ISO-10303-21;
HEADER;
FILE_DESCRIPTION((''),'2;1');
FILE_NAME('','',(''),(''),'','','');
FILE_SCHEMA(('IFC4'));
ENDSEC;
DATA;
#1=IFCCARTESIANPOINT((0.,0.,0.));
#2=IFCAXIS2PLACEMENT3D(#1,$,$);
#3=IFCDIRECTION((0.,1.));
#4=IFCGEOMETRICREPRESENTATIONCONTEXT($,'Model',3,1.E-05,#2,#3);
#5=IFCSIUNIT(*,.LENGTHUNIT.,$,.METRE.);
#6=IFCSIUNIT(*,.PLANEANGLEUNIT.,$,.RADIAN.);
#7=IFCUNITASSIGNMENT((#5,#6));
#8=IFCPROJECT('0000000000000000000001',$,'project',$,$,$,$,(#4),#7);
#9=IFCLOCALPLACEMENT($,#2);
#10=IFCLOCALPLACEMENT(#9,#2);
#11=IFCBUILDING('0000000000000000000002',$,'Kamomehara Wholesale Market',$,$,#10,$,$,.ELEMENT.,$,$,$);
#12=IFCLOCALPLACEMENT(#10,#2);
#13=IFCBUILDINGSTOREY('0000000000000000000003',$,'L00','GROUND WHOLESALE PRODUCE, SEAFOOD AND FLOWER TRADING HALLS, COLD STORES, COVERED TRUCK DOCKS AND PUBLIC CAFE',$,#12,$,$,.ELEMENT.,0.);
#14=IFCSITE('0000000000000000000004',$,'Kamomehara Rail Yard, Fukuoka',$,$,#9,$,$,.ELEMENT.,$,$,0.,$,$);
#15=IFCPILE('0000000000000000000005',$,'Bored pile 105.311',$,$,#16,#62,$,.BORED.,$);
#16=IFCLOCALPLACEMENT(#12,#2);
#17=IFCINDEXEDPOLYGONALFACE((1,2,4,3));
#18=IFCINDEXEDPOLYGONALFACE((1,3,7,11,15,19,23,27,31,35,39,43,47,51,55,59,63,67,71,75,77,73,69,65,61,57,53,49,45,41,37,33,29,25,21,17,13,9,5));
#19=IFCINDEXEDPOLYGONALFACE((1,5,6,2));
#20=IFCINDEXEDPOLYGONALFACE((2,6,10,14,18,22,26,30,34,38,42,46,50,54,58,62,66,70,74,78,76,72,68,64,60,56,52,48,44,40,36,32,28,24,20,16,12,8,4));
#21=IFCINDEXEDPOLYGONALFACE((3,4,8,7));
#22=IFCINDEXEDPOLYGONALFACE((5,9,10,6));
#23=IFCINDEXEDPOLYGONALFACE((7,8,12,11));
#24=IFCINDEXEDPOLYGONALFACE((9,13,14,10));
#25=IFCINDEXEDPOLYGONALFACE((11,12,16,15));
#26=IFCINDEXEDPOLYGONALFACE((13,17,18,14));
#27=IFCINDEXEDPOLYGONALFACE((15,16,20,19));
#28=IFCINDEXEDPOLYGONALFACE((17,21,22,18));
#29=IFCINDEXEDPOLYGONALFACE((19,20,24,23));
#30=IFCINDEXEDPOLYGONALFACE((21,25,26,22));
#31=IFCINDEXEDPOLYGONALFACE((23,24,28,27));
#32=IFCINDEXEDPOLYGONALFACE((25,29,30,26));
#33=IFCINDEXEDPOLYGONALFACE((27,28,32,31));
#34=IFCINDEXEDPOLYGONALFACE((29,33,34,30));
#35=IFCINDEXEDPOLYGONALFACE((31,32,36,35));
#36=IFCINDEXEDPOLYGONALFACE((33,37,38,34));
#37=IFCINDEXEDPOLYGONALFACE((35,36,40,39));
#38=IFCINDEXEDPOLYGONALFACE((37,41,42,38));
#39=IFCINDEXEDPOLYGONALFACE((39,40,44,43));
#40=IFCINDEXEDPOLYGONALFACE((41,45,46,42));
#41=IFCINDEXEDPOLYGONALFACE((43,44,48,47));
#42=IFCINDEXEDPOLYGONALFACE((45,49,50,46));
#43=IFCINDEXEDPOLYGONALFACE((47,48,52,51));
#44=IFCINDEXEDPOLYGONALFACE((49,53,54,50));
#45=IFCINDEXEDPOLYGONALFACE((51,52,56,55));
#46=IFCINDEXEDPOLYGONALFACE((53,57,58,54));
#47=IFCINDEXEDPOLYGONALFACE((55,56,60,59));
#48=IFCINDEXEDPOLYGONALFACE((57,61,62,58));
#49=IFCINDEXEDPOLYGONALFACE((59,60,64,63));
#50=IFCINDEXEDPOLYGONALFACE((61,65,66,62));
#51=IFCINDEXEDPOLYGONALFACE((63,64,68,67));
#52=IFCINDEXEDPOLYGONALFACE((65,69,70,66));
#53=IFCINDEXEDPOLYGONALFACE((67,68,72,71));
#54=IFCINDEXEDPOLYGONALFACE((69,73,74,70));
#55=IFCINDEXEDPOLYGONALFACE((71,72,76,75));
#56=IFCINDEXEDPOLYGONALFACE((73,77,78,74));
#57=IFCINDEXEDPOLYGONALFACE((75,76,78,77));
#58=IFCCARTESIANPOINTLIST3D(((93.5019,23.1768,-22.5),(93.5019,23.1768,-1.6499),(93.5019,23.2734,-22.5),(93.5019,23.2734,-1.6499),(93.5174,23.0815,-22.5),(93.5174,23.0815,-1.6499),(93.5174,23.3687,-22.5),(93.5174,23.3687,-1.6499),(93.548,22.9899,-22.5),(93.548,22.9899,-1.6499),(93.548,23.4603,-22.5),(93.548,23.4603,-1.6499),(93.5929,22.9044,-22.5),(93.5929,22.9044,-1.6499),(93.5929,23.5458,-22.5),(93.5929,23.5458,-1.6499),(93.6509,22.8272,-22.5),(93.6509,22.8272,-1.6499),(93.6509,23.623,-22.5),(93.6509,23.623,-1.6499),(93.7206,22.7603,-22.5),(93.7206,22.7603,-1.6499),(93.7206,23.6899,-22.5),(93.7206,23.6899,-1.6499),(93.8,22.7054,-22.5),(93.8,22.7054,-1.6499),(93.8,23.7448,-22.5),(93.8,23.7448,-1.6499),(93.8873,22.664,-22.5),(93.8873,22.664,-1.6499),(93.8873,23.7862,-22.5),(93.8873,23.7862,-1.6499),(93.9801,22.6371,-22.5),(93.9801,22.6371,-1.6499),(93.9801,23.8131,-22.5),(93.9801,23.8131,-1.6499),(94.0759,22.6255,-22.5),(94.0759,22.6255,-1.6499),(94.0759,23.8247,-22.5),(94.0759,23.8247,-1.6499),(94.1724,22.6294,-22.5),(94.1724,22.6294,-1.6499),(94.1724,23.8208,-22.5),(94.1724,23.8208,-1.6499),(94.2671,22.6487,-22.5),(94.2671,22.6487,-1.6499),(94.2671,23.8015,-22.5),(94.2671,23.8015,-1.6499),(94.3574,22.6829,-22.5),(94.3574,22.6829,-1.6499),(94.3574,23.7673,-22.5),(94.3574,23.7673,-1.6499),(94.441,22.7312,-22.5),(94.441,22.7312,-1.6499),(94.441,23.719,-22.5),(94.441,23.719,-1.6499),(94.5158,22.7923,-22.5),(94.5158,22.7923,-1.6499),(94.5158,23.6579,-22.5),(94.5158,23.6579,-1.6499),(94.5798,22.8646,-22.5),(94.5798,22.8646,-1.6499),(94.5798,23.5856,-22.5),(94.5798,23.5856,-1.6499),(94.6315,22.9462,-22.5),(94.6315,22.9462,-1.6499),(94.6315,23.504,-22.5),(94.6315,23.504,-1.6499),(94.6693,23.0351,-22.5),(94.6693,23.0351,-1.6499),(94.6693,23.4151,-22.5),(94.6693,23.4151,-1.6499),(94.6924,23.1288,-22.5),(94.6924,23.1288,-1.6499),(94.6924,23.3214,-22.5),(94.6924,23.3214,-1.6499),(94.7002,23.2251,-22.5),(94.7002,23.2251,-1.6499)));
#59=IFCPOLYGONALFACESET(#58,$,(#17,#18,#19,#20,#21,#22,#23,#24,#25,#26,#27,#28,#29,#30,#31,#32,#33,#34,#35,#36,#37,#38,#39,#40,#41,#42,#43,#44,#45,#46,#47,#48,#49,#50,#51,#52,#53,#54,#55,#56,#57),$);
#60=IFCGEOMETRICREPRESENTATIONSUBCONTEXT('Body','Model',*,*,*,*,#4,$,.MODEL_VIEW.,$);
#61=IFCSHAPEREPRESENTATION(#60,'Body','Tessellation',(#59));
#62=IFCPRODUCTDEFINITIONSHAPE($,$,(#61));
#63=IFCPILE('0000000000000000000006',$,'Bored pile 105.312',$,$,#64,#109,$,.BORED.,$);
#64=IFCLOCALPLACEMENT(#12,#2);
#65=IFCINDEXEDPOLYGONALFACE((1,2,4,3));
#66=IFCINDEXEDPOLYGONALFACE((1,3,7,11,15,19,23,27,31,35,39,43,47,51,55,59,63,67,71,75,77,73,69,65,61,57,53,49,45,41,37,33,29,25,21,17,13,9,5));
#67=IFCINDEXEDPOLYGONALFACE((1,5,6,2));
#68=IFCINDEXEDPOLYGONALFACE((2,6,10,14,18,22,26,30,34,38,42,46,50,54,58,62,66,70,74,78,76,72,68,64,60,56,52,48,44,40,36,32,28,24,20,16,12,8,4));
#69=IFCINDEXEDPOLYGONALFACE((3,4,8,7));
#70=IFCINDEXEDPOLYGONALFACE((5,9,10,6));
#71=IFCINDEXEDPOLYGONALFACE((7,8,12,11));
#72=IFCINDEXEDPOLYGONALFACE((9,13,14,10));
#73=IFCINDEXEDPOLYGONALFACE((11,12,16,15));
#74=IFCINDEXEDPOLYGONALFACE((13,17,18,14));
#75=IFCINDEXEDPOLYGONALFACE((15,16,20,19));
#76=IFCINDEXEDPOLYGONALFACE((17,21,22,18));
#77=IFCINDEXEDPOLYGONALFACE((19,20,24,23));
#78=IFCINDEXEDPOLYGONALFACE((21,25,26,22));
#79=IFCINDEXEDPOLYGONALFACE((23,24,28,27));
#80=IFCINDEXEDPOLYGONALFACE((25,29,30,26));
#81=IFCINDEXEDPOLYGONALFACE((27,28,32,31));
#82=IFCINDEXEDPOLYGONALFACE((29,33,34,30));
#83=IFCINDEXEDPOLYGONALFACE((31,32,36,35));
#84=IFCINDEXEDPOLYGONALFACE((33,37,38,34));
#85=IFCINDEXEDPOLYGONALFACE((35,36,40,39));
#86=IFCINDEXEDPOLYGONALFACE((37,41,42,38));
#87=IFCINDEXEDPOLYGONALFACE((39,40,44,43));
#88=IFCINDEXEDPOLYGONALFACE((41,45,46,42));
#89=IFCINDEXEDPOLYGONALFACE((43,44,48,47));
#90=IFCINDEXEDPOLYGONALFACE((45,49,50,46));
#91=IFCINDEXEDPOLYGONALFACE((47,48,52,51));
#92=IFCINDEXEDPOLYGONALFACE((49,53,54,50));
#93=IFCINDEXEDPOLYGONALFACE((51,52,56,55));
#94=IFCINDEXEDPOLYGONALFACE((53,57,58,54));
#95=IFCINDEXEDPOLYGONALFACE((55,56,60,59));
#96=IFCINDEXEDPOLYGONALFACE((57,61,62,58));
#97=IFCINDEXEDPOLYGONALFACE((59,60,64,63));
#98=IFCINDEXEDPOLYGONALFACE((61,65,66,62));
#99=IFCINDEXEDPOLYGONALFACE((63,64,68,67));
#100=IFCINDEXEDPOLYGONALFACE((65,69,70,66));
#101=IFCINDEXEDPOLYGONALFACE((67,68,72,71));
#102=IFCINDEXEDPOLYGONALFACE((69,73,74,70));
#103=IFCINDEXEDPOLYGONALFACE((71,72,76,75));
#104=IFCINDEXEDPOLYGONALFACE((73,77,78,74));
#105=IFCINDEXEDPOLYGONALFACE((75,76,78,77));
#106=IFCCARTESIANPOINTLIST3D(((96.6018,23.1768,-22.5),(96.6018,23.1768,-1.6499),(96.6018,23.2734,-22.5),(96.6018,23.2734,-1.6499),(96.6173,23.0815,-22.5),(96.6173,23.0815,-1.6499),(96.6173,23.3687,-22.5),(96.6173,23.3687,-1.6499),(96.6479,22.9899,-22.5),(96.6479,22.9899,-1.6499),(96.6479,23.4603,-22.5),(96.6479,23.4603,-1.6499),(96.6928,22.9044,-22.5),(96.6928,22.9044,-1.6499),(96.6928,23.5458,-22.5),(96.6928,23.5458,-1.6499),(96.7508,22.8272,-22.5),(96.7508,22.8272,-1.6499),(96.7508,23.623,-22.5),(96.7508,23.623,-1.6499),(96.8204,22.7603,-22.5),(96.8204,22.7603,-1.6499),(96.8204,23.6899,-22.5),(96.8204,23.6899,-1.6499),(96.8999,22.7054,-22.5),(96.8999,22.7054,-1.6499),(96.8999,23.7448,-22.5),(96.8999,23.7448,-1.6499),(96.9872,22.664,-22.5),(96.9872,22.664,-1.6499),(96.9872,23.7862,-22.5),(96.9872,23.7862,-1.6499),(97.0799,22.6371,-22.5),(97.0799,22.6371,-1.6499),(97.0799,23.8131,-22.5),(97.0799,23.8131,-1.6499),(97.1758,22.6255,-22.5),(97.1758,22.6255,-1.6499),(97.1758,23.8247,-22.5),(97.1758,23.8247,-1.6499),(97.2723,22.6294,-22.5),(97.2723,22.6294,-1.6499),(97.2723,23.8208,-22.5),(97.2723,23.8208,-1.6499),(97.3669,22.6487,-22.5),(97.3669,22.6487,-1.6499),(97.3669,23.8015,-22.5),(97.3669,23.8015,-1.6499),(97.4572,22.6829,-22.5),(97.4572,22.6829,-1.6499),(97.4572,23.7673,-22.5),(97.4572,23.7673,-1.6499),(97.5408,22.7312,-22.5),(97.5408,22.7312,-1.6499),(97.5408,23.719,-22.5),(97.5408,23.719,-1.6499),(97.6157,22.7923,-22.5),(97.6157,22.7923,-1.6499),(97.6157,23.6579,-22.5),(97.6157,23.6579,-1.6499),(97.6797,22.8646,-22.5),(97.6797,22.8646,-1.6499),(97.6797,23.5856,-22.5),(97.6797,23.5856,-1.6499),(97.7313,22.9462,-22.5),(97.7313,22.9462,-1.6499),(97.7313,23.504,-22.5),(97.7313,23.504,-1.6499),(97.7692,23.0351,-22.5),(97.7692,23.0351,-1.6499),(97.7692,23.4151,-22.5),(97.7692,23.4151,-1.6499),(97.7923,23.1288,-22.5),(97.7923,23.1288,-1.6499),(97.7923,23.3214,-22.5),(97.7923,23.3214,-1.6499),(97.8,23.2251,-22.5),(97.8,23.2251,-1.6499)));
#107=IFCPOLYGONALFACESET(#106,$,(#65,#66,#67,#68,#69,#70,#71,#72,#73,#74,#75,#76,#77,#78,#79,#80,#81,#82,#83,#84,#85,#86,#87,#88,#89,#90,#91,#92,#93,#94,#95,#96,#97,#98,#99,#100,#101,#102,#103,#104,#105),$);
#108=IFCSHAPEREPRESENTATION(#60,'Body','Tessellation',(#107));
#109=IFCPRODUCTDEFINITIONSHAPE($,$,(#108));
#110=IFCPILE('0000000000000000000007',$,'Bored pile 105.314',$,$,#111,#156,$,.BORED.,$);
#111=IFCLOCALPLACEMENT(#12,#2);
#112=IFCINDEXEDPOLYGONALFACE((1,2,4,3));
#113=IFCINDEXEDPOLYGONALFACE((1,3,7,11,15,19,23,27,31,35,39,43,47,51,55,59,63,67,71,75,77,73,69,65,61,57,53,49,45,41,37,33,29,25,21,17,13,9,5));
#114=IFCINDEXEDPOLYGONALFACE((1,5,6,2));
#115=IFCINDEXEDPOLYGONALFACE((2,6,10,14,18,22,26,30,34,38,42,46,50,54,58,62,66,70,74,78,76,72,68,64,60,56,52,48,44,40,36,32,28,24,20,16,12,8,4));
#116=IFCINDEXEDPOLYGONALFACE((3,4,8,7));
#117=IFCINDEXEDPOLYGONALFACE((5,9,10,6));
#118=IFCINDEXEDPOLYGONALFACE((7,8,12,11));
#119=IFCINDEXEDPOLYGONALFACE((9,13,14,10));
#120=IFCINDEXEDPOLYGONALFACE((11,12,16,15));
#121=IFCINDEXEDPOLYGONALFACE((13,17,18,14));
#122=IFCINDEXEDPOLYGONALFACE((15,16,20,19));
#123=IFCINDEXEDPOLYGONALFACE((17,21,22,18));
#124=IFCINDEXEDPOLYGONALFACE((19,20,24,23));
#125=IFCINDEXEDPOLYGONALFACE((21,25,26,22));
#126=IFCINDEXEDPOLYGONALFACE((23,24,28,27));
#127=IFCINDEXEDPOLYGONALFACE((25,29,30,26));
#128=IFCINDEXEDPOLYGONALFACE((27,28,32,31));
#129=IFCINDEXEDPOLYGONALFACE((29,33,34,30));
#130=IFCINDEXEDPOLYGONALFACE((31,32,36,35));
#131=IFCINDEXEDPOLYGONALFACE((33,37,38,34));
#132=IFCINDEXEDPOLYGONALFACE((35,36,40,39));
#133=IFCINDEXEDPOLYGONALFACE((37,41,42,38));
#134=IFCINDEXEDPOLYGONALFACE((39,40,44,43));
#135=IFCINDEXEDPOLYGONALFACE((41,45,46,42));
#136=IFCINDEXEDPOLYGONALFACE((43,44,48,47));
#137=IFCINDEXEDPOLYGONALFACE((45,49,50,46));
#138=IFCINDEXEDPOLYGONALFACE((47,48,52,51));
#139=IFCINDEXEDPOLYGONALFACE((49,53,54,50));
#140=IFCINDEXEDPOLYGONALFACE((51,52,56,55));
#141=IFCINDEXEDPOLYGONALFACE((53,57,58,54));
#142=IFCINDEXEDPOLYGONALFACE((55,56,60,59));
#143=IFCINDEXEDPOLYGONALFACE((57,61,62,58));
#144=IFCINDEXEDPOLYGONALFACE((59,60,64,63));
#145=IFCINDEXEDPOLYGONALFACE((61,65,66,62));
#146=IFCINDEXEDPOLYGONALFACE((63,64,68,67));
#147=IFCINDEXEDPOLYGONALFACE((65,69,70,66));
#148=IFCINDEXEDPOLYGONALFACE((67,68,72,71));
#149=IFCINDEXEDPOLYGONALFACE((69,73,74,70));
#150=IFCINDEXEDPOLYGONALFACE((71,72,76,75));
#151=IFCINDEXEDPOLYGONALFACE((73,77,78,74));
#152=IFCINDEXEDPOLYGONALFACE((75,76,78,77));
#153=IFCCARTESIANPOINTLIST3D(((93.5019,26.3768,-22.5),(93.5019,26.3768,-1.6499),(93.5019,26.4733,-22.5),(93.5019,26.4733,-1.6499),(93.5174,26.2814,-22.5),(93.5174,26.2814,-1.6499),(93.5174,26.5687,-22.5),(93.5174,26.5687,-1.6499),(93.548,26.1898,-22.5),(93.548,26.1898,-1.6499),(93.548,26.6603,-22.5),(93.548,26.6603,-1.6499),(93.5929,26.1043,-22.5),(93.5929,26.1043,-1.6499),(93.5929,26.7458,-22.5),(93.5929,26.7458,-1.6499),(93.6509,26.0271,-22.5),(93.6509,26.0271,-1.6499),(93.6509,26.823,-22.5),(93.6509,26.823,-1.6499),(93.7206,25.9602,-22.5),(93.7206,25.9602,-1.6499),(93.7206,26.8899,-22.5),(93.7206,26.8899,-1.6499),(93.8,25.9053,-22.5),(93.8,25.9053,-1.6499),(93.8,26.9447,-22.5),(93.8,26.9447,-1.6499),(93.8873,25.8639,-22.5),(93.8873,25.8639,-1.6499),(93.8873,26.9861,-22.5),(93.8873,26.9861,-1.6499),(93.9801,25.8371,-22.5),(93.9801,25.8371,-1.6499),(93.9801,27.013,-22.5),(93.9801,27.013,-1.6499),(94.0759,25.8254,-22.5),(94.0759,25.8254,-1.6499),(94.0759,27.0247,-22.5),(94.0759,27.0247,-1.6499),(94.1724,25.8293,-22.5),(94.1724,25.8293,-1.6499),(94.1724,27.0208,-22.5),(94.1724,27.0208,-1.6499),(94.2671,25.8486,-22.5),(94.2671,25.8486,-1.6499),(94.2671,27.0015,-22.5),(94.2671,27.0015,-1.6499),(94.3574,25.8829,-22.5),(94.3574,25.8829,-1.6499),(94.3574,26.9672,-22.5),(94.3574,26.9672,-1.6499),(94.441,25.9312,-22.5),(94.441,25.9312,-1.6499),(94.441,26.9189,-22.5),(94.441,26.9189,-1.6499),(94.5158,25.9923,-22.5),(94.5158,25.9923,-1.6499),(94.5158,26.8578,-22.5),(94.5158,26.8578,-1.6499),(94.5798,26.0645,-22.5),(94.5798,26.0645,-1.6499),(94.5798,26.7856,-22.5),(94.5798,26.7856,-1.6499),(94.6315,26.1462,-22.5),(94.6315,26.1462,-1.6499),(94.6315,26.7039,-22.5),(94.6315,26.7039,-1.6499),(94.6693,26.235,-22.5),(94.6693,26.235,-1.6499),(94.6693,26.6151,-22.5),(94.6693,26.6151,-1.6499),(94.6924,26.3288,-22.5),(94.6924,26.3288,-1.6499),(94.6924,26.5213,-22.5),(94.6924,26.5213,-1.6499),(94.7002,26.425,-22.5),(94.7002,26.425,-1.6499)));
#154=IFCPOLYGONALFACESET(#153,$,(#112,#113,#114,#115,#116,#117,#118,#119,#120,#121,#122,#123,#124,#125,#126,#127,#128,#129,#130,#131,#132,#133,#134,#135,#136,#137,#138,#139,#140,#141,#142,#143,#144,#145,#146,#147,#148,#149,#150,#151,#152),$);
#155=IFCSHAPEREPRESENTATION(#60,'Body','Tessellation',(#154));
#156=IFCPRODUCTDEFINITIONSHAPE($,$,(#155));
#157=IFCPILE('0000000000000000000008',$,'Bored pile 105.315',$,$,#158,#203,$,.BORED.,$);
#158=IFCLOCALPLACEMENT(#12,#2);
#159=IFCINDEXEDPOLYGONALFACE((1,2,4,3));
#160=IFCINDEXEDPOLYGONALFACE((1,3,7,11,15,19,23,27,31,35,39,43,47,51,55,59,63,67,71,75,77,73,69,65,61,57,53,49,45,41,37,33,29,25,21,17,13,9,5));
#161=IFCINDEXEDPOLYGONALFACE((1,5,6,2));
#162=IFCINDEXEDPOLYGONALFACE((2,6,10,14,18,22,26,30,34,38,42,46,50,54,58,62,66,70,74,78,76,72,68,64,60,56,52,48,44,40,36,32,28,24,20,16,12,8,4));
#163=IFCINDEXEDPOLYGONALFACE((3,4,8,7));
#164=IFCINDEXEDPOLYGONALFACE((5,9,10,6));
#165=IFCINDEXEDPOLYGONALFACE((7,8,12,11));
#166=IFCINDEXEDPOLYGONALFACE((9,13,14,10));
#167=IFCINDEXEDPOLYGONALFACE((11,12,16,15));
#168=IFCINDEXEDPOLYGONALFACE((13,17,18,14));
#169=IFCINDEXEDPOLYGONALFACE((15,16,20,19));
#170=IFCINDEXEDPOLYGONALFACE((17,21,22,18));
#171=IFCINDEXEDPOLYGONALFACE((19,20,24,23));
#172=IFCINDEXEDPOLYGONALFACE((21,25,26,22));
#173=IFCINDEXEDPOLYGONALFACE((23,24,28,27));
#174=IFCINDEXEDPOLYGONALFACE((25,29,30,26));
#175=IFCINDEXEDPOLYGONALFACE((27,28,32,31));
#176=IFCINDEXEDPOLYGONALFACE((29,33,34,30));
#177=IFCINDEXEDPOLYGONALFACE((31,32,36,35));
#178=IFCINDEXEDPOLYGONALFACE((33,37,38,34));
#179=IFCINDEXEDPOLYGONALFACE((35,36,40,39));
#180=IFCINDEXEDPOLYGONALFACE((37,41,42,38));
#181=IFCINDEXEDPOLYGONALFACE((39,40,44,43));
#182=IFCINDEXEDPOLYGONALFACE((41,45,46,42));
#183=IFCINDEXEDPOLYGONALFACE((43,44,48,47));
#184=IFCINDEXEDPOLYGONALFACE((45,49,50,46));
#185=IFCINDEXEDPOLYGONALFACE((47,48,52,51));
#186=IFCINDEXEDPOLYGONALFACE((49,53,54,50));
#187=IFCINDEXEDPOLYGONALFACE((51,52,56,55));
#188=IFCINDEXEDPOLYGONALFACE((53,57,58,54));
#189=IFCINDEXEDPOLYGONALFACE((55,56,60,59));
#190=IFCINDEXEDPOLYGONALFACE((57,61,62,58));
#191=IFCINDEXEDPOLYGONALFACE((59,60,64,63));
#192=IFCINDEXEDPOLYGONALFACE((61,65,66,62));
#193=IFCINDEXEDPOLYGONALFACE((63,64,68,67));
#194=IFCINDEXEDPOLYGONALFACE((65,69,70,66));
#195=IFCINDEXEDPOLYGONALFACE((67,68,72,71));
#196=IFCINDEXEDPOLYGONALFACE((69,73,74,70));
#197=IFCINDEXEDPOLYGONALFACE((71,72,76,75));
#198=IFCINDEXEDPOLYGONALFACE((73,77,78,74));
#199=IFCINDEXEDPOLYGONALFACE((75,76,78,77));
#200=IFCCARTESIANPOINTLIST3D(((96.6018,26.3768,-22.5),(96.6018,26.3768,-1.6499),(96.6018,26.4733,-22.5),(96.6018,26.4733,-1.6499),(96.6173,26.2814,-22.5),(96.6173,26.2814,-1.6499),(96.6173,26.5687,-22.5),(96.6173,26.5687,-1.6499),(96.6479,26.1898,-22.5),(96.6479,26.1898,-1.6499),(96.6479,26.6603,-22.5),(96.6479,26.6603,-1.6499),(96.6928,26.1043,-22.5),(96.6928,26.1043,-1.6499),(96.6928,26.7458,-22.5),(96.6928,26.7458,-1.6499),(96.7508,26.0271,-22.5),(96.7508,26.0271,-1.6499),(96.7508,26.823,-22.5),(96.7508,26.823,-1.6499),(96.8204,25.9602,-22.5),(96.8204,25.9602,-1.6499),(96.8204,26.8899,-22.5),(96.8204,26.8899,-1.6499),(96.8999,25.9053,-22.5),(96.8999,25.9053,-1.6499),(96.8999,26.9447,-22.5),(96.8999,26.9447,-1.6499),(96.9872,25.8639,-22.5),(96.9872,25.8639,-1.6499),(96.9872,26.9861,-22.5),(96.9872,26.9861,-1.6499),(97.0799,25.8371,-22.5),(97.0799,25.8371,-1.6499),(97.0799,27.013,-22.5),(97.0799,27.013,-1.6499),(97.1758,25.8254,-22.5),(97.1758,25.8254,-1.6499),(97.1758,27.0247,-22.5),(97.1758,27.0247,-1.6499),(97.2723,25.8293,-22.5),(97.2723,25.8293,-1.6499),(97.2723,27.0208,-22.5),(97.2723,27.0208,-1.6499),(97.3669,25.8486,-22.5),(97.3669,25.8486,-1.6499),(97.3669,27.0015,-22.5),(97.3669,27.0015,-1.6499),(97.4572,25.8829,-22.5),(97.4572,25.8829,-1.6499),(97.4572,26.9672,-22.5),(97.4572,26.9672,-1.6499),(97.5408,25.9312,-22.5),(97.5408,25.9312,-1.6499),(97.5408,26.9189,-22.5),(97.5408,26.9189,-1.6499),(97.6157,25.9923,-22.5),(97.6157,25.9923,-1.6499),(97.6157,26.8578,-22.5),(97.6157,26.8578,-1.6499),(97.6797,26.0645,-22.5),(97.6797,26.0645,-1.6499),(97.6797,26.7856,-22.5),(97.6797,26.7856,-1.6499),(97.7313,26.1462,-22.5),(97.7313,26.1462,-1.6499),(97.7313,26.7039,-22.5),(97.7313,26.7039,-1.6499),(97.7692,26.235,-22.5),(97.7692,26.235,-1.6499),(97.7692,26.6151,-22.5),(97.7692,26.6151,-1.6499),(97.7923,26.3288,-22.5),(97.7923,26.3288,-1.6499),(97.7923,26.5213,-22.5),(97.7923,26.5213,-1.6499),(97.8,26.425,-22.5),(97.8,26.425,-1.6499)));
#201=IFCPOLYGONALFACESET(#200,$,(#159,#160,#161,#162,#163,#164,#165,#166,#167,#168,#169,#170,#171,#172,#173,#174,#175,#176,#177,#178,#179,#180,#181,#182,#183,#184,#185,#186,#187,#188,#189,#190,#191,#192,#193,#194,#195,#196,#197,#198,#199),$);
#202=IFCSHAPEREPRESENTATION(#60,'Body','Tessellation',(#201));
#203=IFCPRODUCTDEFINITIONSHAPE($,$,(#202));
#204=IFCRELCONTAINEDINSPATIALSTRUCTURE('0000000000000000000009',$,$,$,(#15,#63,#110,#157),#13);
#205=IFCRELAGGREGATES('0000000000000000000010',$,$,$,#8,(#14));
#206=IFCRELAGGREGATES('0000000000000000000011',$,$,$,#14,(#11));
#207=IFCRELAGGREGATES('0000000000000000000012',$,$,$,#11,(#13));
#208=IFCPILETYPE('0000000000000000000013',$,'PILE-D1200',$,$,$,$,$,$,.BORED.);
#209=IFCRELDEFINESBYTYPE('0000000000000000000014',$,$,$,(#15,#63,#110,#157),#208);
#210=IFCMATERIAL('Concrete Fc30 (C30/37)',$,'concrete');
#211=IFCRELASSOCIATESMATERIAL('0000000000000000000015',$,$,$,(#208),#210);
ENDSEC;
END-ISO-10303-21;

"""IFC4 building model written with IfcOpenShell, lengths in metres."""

from ifc_helpers import new_model, si_unit, direction, frame, origin, origin_2d, place, context, subcontext, project, spatial, circle, extrude, material, material_profile, profile_set, type_object, element, save


model = new_model("IFC4")

# Units and contexts
model_context = context("Model", 3, precision=1e-05, world=origin(), true_north=direction((0.0, 1.0)))
body_context = subcontext(model_context, "Body", "Model", "MODEL_VIEW")
ifc_project = project(units=[si_unit("LENGTHUNIT", "METRE"), si_unit("PLANEANGLEUNIT", "RADIAN")], contexts=[model_context])

# Site, building, storey
site_placement = place(None, origin())
site = spatial("IfcSite", under=ifc_project, at=site_placement, Name="Kamomehara Rail Yard, Fukuoka", CompositionType="ELEMENT", RefElevation=0.0)
building_placement = place(site_placement, origin())
building = spatial("IfcBuilding", under=site, at=building_placement, Name="Kamomehara Wholesale Market", CompositionType="ELEMENT")
storey_placement = place(building_placement, origin())
storey = spatial("IfcBuildingStorey", under=building, at=storey_placement, Name="L00", Description="GROUND WHOLESALE PRODUCE, SEAFOOD AND FLOWER TRADING HALLS, COLD STORES, COVERED TRUCK DOCKS AND PUBLIC CAFE", CompositionType="ELEMENT", Elevation=0.0)

# Piles
ifc_material_1 = material(Name="Concrete Fc30 (C30/37)", Category="concrete")
ifc_material_profile_1 = material_profile(ifc_material_1, circle(Radius=0.6001, at=origin_2d()), Name="RC-PILE-D1200")
ifc_profile_set_1 = profile_set([ifc_material_profile_1], Name="Concrete Fc30 (C30/37)")
pile_type_1 = type_object("IfcPileType", Name="PILE-D1200", PredefinedType="BORED", material=ifc_profile_set_1)
for number, where, z_axis, x_axis, name in (
    (1, (94.1001, 23.2251, -1.6499), (0.0, 0.0, -1.0), (1.0, 0.0, 0.0), "Bored pile 105.311"),
    (2, (97.2, 23.2251, -1.6499), (0.0, 0.0, -1.0), (1.0, 0.0, 0.0), "Bored pile 105.312"),
    (3, (94.1001, 26.425, -1.6499), (0.0, 0.0, -1.0), (1.0, 0.0, 0.0), "Bored pile 105.314"),
    (4, (97.2, 26.425, -1.6499), (0.0, 0.0, -1.0), (1.0, 0.0, 0.0), "Bored pile 105.315"),
):
    element("IfcPile", number, at=place(storey_placement, frame(where, z_axis=z_axis, x_axis=x_axis)), inside=storey, type_object=pile_type_1, Name=name, PredefinedType="BORED", context=body_context, shape_type="SweptSolid", body=[
        extrude(circle(Radius=0.6001, at=origin_2d()), origin(), (0.0, 0.0, 1.0), 20.8501),
    ])

save(model, "model.ifc")
